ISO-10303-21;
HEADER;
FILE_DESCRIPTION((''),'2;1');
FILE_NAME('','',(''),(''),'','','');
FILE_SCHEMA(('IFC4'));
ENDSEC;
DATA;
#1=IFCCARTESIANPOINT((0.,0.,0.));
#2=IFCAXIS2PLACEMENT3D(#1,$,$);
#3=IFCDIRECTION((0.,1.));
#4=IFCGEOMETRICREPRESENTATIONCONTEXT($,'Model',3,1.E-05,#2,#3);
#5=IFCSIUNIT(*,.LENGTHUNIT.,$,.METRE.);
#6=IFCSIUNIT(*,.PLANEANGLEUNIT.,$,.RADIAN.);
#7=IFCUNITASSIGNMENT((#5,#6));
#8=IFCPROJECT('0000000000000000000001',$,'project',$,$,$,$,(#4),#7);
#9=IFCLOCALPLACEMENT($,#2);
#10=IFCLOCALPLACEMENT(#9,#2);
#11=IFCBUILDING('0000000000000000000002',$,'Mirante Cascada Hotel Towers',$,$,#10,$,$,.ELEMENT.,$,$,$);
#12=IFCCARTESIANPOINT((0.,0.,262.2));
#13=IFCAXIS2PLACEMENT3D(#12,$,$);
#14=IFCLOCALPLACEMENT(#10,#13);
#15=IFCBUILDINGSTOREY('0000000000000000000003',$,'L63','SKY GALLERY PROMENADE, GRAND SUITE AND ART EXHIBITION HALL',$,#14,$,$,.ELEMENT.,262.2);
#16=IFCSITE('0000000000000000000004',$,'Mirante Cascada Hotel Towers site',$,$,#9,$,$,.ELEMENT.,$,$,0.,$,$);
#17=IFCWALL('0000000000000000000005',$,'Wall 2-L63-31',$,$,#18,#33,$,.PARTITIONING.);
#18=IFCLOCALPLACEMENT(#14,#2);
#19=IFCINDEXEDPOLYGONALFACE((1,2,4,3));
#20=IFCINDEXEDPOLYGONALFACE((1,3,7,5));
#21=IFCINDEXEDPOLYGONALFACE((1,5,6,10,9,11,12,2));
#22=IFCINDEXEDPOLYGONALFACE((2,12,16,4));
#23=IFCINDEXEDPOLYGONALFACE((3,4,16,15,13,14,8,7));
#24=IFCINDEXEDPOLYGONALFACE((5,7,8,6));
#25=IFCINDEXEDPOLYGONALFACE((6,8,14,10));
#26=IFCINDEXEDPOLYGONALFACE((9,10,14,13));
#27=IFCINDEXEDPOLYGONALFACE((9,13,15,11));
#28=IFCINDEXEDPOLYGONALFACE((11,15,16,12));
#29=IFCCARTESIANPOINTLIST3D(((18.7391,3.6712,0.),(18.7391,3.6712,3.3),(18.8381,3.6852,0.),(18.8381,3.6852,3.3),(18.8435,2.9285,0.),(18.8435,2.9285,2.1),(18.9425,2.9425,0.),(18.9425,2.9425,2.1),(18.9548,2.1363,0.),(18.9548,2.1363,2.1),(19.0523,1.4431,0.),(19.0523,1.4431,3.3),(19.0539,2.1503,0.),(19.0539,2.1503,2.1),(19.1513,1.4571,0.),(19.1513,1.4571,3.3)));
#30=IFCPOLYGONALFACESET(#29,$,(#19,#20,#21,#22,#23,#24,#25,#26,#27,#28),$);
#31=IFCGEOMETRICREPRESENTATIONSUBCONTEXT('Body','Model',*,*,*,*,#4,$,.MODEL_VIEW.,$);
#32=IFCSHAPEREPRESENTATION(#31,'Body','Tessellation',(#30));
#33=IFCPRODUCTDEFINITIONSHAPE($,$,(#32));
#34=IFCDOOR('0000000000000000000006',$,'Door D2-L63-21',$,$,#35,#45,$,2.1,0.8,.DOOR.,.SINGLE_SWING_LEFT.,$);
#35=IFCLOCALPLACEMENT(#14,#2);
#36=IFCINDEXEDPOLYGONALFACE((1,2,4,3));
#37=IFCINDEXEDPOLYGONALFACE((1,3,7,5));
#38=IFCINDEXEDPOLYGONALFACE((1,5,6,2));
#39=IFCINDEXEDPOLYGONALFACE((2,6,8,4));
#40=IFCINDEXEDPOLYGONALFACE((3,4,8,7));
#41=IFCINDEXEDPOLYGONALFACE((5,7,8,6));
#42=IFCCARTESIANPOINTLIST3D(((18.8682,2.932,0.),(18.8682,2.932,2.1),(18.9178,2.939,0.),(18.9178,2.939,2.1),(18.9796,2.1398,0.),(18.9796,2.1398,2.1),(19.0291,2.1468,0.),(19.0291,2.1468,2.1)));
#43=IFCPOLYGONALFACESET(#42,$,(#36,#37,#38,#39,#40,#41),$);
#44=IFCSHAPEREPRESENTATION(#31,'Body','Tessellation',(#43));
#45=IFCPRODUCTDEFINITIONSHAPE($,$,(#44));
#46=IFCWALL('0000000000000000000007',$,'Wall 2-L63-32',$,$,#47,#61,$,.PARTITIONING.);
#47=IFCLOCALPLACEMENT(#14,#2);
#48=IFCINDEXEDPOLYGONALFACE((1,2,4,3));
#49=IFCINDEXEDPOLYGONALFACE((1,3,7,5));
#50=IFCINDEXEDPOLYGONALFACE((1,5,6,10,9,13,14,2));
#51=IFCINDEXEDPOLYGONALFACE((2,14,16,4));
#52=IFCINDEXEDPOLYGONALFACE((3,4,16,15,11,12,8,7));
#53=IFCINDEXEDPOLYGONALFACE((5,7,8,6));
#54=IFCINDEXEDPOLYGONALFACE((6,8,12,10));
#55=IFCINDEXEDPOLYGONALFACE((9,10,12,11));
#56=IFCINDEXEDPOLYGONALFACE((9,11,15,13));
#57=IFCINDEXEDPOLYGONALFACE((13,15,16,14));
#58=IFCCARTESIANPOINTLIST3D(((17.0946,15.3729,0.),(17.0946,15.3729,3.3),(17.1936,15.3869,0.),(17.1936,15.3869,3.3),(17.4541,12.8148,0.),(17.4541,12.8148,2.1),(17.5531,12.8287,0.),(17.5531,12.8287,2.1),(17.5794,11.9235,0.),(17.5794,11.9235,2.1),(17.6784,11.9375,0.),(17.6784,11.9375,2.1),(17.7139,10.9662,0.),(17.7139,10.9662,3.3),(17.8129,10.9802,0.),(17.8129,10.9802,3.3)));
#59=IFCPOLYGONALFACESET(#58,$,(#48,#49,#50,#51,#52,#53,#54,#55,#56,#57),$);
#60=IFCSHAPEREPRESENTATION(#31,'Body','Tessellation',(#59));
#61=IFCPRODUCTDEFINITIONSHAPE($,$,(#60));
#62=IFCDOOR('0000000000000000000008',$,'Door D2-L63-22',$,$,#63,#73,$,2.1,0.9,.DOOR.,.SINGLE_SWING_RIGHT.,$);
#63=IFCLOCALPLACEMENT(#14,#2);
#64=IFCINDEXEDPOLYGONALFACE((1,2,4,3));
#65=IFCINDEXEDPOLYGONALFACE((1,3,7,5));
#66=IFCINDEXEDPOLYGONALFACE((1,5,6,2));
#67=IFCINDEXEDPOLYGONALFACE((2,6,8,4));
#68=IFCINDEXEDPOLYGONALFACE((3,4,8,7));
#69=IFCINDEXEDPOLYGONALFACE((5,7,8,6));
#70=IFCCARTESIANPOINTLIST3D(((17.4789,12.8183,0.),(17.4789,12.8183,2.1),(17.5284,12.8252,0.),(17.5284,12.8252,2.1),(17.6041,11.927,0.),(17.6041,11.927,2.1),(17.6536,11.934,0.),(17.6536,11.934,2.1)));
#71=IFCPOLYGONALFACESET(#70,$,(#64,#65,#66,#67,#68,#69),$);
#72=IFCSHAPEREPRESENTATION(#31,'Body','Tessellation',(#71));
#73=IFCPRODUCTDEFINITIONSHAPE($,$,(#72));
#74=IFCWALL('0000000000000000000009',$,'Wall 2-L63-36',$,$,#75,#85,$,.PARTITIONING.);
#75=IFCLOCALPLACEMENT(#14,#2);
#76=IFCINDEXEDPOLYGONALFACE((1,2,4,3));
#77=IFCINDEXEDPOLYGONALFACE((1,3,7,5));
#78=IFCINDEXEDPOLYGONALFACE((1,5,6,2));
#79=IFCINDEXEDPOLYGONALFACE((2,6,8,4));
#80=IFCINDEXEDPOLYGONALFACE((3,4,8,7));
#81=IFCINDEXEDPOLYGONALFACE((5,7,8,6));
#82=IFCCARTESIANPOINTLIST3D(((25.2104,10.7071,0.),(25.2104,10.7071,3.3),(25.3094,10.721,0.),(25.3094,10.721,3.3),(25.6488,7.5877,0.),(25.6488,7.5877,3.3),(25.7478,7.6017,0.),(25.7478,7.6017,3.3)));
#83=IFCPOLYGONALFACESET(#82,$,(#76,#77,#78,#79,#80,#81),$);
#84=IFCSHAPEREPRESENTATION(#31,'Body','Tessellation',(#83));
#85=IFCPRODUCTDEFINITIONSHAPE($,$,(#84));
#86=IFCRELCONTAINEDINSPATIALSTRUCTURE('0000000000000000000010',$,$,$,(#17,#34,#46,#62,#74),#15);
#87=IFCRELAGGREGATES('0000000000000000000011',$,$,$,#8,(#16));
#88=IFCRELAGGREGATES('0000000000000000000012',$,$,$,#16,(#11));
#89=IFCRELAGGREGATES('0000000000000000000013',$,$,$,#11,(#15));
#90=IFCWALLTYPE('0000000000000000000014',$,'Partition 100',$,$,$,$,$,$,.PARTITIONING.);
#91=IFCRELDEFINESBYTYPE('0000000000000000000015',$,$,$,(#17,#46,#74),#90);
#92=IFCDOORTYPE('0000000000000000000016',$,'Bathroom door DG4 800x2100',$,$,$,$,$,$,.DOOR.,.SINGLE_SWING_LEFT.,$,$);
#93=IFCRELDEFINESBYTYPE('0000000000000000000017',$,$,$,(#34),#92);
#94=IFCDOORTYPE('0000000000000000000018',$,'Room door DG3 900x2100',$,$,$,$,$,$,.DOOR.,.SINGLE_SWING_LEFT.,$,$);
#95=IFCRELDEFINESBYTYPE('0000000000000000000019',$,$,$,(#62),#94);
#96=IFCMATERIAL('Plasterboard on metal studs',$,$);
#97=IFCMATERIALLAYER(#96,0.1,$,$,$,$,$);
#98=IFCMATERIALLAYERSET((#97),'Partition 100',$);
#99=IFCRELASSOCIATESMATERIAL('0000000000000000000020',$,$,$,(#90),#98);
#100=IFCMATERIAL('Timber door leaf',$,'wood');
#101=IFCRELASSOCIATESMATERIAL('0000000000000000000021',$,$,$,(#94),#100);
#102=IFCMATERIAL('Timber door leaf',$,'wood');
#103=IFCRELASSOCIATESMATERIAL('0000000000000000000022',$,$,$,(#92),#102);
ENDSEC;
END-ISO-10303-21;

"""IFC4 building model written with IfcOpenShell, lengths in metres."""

from ifc_helpers import new_model, si_unit, direction, frame, frame_2d, origin, place, context, subcontext, project, spatial, rectangle, extrude, material, layer, layer_set, type_object, element, fill, save


model = new_model("IFC4")

# Units and contexts
model_context = context("Model", 3, precision=1e-05, world=origin(), true_north=direction((0.0, 1.0)))
body_context = subcontext(model_context, "Body", "Model", "MODEL_VIEW")
ifc_project = project(units=[si_unit("LENGTHUNIT", "METRE"), si_unit("PLANEANGLEUNIT", "RADIAN")], contexts=[model_context])

# Site, building, storey
site_placement = place(None, origin())
site = spatial("IfcSite", under=ifc_project, at=site_placement, Name="Mirante Cascada Hotel Towers site", CompositionType="ELEMENT", RefElevation=0.0)
building_placement = place(site_placement, origin())
building = spatial("IfcBuilding", under=site, at=building_placement, Name="Mirante Cascada Hotel Towers", CompositionType="ELEMENT")
storey_placement = place(building_placement, frame((0.0, 0.0, 262.2)))
storey = spatial("IfcBuildingStorey", under=building, at=storey_placement, Name="L63", Description="SKY GALLERY PROMENADE, GRAND SUITE AND ART EXHIBITION HALL", CompositionType="ELEMENT", Elevation=262.2)

# Shared definitions
ifc_material_1 = material(Name="Plasterboard on metal studs")
ifc_layer_1 = layer(ifc_material_1, 0.1)
ifc_layer_set_1 = layer_set([ifc_layer_1], Name="Partition 100")
wall_type_1 = type_object("IfcWallType", Name="Partition 100", PredefinedType="PARTITIONING", material=ifc_layer_set_1)

# Shared definitions
ifc_material_2 = material(Name="Timber door leaf", Category="wood")
door_type_1 = type_object("IfcDoorType", Name="Room door DG3 900x2100", OperationType="SINGLE_SWING_LEFT", PredefinedType="DOOR", material=ifc_material_2)

# Shared definitions
ifc_material_3 = material(Name="Timber door leaf", Category="wood")
door_type_2 = type_object("IfcDoorType", Name="Bathroom door DG4 800x2100", OperationType="SINGLE_SWING_LEFT", PredefinedType="DOOR", material=ifc_material_3)

# Walls, openings, doors
wall_1_placement = place(storey_placement, frame((18.7886, 3.6782, 0.0), z_axis=(0.0, 0.0, 1.0), x_axis=(0.1392, -0.990264, 0.0)))
wall_1 = element("IfcWall", 1, at=wall_1_placement, inside=storey, type_object=wall_type_1, Name="Wall 2-L63-31", PredefinedType="PARTITIONING", context=body_context, shape_type="SweptSolid", body=[
    extrude(rectangle(XDim=2.25, YDim=0.1, at=frame_2d((1.125, 0.0))), origin(), (0.0, 0.0, 1.0), 3.3),
])
opening_1_placement = place(wall_1_placement, frame((0.75, 0.0, 0.0)))
opening_1 = element("IfcOpeningElement", 2, at=opening_1_placement, cuts=wall_1, PredefinedType="OPENING", context=body_context, shape_type="SweptSolid", body=[
    extrude(rectangle(XDim=0.8, YDim=2.1, at=frame_2d((0.4, 1.05))), frame((0.0, 0.05, 0.0), z_axis=(0.0, -1.0, 0.0), x_axis=(1.0, 0.0, 0.0)), (0.0, 0.0, 1.0), 0.1),
])
door_1_placement = place(opening_1_placement, origin())
door_1 = element("IfcDoor", 3, at=door_1_placement, inside=storey, type_object=door_type_2, Name="Door D2-L63-21", OperationType="SINGLE_SWING_LEFT", OverallHeight=2.1, OverallWidth=0.8, PredefinedType="DOOR", context=body_context, shape_type="SweptSolid", body=[
    extrude(rectangle(XDim=0.8, YDim=2.1, at=frame_2d((0.4, 1.05))), frame((0.0, 0.025, 0.0), z_axis=(0.0, -1.0, 0.0), x_axis=(1.0, 0.0, 0.0)), (0.0, 0.0, 1.0), 0.05),
])
fill(opening_1, door_1)
wall_2_placement = place(storey_placement, frame((17.7634, 10.9732, 0.0), z_axis=(0.0, 0.0, 1.0), x_axis=(-0.139168, 0.990269, 0.0)))
wall_2 = element("IfcWall", 4, at=wall_2_placement, inside=storey, type_object=wall_type_1, Name="Wall 2-L63-32", PredefinedType="PARTITIONING", context=body_context, shape_type="SweptSolid", body=[
    extrude(rectangle(XDim=4.45, YDim=0.1, at=frame_2d((2.225, 0.0))), origin(), (0.0, 0.0, 1.0), 3.3),
])
opening_2_placement = place(wall_2_placement, frame((0.9667, 0.0, 0.0)))
opening_2 = element("IfcOpeningElement", 5, at=opening_2_placement, cuts=wall_2, PredefinedType="OPENING", context=body_context, shape_type="SweptSolid", body=[
    extrude(rectangle(XDim=0.9, YDim=2.1, at=frame_2d((0.45, 1.05))), frame((0.0, 0.05, 0.0), z_axis=(0.0, -1.0, 0.0), x_axis=(1.0, 0.0, 0.0)), (0.0, 0.0, 1.0), 0.1),
])
door_2_placement = place(opening_2_placement, frame((0.9, 0.0, 0.0), z_axis=(0.0, 0.0, 1.0), x_axis=(-1.0, 0.0, 0.0)))
door_2 = element("IfcDoor", 6, at=door_2_placement, inside=storey, type_object=door_type_1, Name="Door D2-L63-22", OperationType="SINGLE_SWING_RIGHT", OverallHeight=2.1, OverallWidth=0.9, PredefinedType="DOOR", context=body_context, shape_type="SweptSolid", body=[
    extrude(rectangle(XDim=0.9, YDim=2.1, at=frame_2d((0.45, 1.05))), frame((0.0, 0.025, 0.0), z_axis=(0.0, -1.0, 0.0), x_axis=(1.0, 0.0, 0.0)), (0.0, 0.0, 1.0), 0.05),
])
fill(opening_2, door_2)

# Wall
wall_3_placement = place(storey_placement, frame((25.6983, 7.5947, 0.0), z_axis=(0.0, 0.0, 1.0), x_axis=(-0.139177, 0.990268, 0.0)))
element("IfcWall", 7, at=wall_3_placement, inside=storey, type_object=wall_type_1, Name="Wall 2-L63-36", PredefinedType="PARTITIONING", context=body_context, shape_type="SweptSolid", body=[
    extrude(rectangle(XDim=3.15, YDim=0.1, at=frame_2d((1.575, 0.0))), origin(), (0.0, 0.0, 1.0), 3.3),
])

save(model, "model.ifc")
